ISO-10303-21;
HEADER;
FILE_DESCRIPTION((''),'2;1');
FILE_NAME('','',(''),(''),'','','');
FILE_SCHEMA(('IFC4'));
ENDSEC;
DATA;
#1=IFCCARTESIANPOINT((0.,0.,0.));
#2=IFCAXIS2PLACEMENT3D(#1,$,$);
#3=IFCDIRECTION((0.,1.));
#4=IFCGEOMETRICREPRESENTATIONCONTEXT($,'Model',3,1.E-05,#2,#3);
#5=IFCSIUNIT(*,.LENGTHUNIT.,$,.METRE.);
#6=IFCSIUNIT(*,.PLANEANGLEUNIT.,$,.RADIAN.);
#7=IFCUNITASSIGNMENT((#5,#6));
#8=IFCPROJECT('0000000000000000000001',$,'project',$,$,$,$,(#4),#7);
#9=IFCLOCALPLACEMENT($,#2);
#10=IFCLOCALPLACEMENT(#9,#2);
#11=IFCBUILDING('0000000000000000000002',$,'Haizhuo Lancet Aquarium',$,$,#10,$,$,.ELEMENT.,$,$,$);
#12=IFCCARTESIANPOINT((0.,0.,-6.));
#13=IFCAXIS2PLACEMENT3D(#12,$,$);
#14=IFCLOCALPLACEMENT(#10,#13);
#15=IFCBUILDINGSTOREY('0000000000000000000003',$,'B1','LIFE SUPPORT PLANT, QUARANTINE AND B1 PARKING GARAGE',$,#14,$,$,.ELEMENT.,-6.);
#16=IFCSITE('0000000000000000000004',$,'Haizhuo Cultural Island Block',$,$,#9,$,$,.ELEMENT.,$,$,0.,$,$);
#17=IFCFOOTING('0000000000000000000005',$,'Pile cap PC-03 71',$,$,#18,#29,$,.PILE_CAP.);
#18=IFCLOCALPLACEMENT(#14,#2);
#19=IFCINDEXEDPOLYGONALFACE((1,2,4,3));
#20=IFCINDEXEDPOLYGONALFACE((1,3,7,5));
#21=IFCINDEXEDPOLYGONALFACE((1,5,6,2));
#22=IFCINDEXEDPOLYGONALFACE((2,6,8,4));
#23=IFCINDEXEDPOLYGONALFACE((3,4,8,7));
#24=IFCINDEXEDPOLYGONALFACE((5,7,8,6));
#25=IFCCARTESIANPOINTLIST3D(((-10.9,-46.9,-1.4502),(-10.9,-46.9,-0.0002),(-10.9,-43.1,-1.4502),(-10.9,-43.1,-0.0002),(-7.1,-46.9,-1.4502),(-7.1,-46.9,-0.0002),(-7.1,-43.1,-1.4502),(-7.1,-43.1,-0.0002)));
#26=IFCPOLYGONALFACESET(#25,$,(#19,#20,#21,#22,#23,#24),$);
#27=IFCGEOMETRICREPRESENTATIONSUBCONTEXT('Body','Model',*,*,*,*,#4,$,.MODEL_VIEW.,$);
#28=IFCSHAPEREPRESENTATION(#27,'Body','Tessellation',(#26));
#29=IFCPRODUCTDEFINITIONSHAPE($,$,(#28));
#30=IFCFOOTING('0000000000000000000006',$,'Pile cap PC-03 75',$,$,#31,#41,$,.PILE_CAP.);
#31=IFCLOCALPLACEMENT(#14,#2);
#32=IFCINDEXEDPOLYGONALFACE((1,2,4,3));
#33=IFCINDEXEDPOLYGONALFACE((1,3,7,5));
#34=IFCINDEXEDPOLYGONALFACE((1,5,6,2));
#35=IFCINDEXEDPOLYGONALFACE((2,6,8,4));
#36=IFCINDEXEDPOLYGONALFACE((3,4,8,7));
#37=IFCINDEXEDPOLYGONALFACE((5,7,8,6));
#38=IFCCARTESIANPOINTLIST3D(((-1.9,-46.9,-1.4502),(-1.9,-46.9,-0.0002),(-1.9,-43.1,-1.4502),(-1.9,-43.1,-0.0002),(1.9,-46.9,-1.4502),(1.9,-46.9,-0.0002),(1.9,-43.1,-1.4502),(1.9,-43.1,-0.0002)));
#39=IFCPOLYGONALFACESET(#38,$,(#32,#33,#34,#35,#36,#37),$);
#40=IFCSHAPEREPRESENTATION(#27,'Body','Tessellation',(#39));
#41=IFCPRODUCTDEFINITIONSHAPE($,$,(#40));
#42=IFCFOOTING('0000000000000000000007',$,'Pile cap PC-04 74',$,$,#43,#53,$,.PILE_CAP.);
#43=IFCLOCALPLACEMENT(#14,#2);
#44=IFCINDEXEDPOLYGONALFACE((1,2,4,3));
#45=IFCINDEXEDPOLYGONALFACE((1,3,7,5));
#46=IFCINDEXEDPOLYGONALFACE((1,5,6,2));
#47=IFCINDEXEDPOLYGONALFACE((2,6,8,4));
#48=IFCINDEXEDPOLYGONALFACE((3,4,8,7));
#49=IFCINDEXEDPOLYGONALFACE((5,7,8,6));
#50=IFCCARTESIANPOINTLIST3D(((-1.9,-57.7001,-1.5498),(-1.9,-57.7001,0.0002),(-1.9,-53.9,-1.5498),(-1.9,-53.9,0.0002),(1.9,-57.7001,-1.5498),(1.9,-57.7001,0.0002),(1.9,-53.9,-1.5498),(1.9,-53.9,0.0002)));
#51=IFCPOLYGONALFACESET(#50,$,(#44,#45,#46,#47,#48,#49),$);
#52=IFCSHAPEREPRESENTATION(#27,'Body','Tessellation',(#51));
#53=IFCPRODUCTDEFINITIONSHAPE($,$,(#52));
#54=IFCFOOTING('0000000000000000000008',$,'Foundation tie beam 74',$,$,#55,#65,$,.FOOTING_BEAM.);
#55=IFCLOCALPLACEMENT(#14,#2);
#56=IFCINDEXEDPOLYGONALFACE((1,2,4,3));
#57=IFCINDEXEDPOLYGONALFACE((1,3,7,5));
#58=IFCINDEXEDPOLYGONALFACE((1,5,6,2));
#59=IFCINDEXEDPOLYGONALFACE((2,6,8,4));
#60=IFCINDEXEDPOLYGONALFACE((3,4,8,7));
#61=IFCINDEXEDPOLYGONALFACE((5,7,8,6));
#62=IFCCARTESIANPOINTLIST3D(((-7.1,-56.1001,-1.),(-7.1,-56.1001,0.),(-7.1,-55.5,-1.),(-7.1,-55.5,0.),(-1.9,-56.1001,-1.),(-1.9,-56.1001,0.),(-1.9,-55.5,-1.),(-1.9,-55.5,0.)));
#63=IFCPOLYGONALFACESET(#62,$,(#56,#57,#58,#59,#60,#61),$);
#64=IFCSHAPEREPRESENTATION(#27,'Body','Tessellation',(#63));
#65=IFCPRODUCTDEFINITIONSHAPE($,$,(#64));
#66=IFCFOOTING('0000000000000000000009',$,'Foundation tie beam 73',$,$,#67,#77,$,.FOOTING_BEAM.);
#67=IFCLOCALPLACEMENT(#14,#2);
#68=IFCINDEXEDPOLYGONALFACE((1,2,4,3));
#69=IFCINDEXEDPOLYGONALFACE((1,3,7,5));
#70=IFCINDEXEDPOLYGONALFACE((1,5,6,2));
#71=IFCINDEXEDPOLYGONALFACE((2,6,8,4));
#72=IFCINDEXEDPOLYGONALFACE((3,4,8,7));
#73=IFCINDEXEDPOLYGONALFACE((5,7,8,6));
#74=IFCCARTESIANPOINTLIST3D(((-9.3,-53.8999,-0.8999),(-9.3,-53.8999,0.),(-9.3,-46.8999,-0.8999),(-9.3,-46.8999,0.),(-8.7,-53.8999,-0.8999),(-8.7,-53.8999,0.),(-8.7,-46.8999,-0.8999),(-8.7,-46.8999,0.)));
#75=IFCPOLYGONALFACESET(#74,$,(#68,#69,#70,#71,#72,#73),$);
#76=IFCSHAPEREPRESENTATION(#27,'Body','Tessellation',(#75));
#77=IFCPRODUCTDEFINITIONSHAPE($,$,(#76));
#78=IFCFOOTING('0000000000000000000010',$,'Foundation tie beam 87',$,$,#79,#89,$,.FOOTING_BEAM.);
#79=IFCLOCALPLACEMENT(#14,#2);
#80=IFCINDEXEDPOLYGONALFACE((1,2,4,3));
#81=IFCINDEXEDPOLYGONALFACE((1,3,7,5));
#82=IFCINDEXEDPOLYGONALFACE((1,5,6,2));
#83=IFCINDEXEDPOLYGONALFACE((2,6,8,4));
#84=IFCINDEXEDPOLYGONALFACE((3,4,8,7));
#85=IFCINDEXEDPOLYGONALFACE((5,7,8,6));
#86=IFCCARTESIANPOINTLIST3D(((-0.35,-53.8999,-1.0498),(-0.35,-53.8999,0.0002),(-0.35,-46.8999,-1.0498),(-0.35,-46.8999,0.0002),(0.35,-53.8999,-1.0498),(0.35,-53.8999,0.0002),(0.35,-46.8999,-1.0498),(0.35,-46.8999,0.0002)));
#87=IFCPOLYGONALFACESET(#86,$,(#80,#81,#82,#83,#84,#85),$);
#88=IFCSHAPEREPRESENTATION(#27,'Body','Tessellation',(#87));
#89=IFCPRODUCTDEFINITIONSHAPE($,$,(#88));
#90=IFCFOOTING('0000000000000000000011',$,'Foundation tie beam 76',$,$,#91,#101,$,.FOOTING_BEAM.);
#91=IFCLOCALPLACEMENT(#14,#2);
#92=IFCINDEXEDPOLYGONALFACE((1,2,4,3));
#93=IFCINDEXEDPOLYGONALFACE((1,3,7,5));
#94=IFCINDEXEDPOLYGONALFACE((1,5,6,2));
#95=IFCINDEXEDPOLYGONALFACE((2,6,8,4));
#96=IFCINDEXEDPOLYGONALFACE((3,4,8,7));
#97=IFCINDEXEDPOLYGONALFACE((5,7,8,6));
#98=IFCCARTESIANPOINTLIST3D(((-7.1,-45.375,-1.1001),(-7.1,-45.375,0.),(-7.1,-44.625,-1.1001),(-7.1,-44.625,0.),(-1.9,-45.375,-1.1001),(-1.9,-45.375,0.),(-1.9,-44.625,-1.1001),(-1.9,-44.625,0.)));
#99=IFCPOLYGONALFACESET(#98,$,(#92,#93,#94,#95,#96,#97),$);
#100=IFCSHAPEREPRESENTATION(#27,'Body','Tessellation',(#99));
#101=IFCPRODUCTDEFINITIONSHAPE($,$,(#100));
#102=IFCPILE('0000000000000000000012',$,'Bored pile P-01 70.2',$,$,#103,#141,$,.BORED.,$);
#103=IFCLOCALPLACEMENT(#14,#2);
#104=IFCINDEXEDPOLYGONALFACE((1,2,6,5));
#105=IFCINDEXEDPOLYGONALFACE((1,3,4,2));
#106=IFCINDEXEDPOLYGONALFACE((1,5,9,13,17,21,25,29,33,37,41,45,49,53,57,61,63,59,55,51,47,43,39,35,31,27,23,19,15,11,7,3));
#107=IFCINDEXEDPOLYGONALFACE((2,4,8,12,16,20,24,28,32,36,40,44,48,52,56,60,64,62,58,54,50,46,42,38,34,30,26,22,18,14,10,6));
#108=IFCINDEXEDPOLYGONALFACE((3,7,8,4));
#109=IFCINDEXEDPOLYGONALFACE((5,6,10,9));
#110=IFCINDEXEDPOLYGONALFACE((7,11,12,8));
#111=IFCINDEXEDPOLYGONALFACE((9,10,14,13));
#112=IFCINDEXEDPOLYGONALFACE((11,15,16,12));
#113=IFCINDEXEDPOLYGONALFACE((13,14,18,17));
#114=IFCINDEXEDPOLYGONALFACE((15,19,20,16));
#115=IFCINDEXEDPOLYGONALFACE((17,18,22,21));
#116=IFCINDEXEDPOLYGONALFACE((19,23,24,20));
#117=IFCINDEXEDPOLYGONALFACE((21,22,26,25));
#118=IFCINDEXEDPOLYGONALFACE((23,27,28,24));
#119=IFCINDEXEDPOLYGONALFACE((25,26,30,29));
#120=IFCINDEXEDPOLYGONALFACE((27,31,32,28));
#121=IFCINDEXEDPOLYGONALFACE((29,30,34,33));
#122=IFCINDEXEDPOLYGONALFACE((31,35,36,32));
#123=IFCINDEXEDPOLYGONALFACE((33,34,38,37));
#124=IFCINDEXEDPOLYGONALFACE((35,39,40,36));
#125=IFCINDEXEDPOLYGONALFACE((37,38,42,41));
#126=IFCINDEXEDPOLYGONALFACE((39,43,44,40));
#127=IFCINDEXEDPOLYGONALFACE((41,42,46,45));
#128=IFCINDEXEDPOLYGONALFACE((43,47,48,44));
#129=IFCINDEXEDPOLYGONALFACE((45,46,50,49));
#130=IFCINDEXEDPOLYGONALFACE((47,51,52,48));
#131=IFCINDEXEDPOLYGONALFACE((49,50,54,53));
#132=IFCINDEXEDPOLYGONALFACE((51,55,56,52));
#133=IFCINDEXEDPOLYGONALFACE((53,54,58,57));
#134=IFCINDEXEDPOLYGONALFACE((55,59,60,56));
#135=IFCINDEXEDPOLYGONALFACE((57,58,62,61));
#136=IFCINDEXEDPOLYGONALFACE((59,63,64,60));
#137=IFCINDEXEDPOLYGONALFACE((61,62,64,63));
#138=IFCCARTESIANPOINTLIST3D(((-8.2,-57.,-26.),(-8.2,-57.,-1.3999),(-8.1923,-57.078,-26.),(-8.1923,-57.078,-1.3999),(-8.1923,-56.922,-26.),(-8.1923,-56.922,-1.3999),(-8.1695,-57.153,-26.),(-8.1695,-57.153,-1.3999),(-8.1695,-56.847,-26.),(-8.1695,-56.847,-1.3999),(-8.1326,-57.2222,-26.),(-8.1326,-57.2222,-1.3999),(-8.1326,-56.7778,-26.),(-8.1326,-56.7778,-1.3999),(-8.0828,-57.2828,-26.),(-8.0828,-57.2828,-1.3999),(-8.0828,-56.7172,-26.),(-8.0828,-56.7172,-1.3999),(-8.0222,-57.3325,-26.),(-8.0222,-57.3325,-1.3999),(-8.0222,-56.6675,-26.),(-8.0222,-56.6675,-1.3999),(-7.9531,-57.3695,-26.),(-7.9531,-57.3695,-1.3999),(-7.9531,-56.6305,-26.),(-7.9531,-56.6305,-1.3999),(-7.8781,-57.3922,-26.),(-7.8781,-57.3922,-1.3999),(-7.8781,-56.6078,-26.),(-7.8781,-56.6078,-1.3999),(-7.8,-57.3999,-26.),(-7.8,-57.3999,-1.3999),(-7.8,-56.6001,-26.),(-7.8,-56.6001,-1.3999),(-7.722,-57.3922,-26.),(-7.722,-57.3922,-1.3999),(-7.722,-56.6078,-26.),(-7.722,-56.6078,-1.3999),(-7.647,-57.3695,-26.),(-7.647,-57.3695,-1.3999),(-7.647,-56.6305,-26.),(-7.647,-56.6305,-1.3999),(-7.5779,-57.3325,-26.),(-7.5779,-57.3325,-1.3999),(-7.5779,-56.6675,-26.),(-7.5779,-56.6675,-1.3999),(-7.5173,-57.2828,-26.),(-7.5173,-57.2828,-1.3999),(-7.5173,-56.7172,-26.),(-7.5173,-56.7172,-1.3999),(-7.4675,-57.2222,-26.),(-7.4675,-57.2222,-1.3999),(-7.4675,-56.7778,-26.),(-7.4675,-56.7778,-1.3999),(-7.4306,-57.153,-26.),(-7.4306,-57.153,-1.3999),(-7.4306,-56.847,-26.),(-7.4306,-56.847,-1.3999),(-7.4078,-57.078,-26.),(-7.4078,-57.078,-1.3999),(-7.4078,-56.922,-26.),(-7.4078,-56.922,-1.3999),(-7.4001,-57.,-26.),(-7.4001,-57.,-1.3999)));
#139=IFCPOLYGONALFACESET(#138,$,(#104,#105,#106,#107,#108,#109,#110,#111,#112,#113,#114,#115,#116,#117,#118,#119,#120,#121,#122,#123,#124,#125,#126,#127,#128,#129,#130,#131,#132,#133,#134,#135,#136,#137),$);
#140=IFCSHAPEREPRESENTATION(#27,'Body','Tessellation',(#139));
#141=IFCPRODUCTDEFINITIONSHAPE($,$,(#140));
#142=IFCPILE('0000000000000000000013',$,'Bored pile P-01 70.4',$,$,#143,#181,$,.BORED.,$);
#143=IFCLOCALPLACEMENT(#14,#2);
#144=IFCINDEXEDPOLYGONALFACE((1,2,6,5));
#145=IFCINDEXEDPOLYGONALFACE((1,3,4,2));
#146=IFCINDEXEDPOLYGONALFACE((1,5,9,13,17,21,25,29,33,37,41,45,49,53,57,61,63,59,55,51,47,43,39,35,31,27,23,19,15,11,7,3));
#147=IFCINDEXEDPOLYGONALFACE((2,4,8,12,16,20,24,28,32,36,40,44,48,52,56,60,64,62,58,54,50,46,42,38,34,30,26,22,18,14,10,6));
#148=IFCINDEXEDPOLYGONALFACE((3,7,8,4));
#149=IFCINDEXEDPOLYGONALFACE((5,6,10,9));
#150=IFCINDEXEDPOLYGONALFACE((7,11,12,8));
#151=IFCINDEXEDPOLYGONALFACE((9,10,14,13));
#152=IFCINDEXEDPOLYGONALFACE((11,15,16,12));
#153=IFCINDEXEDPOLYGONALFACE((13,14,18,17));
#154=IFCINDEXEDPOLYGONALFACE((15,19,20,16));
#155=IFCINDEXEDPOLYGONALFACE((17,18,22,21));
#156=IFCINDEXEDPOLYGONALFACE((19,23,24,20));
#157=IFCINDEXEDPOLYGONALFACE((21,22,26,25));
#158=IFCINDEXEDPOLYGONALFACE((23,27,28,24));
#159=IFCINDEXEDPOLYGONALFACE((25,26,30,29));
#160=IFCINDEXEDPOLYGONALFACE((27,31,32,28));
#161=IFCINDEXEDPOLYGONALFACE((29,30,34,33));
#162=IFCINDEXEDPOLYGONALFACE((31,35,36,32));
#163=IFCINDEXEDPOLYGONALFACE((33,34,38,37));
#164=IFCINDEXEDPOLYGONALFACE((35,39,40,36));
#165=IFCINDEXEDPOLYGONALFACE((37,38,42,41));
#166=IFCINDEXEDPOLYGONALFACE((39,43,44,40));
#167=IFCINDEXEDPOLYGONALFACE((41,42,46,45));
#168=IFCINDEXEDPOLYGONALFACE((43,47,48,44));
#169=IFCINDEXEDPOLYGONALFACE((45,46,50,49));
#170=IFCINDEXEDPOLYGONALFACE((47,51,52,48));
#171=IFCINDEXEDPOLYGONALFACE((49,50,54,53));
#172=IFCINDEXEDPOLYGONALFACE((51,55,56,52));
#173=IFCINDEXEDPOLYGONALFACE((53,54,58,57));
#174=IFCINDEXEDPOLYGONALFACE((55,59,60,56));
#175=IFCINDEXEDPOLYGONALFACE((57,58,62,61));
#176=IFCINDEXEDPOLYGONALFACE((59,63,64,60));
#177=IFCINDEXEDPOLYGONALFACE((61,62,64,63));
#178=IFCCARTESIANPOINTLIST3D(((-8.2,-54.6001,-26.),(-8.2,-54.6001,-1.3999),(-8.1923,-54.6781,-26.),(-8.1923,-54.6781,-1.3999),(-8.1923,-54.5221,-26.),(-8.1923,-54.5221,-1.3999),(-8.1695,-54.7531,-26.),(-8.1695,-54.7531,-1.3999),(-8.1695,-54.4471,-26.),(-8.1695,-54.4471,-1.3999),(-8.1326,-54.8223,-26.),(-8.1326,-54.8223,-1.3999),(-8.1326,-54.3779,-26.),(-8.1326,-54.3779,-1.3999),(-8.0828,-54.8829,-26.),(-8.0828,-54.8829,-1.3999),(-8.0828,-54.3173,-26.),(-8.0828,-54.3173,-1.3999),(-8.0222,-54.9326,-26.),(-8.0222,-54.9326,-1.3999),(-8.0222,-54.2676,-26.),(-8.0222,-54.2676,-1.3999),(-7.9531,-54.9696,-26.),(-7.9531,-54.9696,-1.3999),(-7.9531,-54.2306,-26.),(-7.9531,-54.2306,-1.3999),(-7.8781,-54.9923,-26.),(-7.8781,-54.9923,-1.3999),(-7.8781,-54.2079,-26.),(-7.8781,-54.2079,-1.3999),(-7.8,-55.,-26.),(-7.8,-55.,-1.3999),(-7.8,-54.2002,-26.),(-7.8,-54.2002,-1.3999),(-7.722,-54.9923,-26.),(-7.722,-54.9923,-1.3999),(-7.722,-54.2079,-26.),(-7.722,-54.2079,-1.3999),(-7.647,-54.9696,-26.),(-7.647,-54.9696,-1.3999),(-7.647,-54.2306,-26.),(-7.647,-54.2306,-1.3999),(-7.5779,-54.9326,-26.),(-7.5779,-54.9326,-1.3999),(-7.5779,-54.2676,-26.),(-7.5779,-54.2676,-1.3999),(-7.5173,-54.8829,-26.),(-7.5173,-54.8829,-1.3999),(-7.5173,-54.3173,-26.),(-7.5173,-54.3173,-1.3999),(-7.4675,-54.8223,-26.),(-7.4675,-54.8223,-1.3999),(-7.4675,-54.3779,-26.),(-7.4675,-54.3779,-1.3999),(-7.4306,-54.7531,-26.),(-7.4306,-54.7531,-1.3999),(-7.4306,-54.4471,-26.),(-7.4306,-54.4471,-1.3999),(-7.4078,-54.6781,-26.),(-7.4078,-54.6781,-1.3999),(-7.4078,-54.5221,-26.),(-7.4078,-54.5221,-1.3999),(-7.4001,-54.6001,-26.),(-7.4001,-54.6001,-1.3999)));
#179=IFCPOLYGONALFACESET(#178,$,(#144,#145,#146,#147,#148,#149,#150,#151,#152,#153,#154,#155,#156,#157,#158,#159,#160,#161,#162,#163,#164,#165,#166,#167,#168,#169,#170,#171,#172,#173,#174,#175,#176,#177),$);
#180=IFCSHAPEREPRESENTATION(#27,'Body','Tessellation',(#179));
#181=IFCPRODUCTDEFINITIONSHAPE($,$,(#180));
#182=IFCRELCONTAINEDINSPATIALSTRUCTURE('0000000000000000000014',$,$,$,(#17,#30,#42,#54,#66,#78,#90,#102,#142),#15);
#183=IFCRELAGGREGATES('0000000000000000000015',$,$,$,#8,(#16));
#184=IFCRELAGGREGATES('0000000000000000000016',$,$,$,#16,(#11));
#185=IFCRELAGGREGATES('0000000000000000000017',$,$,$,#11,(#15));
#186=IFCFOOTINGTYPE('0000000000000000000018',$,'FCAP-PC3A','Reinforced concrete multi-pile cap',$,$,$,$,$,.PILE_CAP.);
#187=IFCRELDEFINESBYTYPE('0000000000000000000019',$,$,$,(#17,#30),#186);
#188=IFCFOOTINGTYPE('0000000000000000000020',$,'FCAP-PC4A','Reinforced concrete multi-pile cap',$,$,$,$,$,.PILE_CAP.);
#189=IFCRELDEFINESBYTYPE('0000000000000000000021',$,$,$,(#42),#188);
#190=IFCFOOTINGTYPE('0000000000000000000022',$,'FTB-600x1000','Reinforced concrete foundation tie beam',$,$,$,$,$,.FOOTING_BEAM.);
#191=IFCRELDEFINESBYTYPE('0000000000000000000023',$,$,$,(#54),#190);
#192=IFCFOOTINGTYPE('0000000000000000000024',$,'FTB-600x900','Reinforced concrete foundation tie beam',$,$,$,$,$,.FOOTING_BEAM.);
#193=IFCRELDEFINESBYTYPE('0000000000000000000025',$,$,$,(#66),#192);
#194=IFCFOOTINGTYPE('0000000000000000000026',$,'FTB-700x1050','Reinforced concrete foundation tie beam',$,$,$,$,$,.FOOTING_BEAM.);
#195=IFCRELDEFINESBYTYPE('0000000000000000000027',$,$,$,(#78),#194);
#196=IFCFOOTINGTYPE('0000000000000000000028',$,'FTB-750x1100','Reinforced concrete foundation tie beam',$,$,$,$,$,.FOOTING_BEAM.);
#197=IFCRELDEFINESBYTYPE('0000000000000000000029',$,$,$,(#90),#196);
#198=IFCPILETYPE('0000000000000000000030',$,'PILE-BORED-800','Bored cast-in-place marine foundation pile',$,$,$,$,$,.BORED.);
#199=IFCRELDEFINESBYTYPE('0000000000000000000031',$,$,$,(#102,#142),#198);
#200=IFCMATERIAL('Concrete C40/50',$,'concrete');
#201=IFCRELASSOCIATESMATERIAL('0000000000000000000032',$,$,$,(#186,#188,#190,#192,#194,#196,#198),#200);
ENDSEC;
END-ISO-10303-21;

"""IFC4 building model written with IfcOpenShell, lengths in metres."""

from ifc_helpers import new_model, si_unit, direction, frame, origin, origin_2d, place, context, subcontext, project, spatial, rectangle, circle, extrude, material, material_profile, profile_set, type_object, element, save


model = new_model("IFC4")

# Units and contexts
model_context = context("Model", 3, precision=1e-05, world=origin(), true_north=direction((0.0, 1.0)))
body_context = subcontext(model_context, "Body", "Model", "MODEL_VIEW")
ifc_project = project(units=[si_unit("LENGTHUNIT", "METRE"), si_unit("PLANEANGLEUNIT", "RADIAN")], contexts=[model_context])

# Site, building, storey
site_placement = place(None, origin())
site = spatial("IfcSite", under=ifc_project, at=site_placement, Name="Haizhuo Cultural Island Block", CompositionType="ELEMENT", RefElevation=0.0)
building_placement = place(site_placement, origin())
building = spatial("IfcBuilding", under=site, at=building_placement, Name="Haizhuo Lancet Aquarium", CompositionType="ELEMENT")
storey_placement = place(building_placement, frame((0.0, 0.0, -6.0)))
storey = spatial("IfcBuildingStorey", under=building, at=storey_placement, Name="B1", Description="LIFE SUPPORT PLANT, QUARANTINE AND B1 PARKING GARAGE", CompositionType="ELEMENT", Elevation=-6.0)

# Footings
ifc_material_1 = material(Name="Concrete C40/50", Category="concrete")
footing_type_1 = type_object("IfcFootingType", Name="FCAP-PC3A", Description="Reinforced concrete multi-pile cap", PredefinedType="PILE_CAP", material=ifc_material_1)
for number, where, z_axis, x_axis, name in (
    (1, (-9.0, -45.0, -1.4502), (0.0, 0.0, 1.0), (1.0, 0.0, 0.0), "Pile cap PC-03 71"),
    (2, (0.0, -45.0, -1.4502), (0.0, 0.0, 1.0), (1.0, 0.0, 0.0), "Pile cap PC-03 75"),
):
    element("IfcFooting", number, at=place(storey_placement, frame(where, z_axis=z_axis, x_axis=x_axis)), inside=storey, type_object=footing_type_1, Name=name, PredefinedType="PILE_CAP", context=body_context, shape_type="SweptSolid", body=[
        extrude(rectangle(XDim=3.8, YDim=3.8, at=origin_2d()), origin(), (0.0, 0.0, 1.0), 1.45),
    ])
footing_type_2 = type_object("IfcFootingType", Name="FCAP-PC4A", Description="Reinforced concrete multi-pile cap", PredefinedType="PILE_CAP", material=ifc_material_1)
footing_1_placement = place(storey_placement, frame((0.0, -55.8, -1.5498), z_axis=(0.0, 0.0, 1.0), x_axis=(1.0, 0.0, 0.0)))
element("IfcFooting", 3, at=footing_1_placement, inside=storey, type_object=footing_type_2, Name="Pile cap PC-04 74", PredefinedType="PILE_CAP", context=body_context, shape_type="SweptSolid", body=[
    extrude(rectangle(XDim=3.8, YDim=3.8, at=origin_2d()), origin(), (0.0, 0.0, 1.0), 1.55),
])
footing_type_3 = type_object("IfcFootingType", Name="FTB-600x1000", Description="Reinforced concrete foundation tie beam", PredefinedType="FOOTING_BEAM", material=ifc_material_1)
footing_2_placement = place(storey_placement, frame((-4.5, -55.8, -1.0), z_axis=(0.0, 0.0, 1.0), x_axis=(1.0, 0.0, 0.0)))
element("IfcFooting", 4, at=footing_2_placement, inside=storey, type_object=footing_type_3, Name="Foundation tie beam 74", PredefinedType="FOOTING_BEAM", context=body_context, shape_type="SweptSolid", body=[
    extrude(rectangle(XDim=5.2, YDim=0.6001, at=origin_2d()), origin(), (0.0, 0.0, 1.0), 1.0),
])
footing_type_4 = type_object("IfcFootingType", Name="FTB-600x900", Description="Reinforced concrete foundation tie beam", PredefinedType="FOOTING_BEAM", material=ifc_material_1)
footing_3_placement = place(storey_placement, frame((-9.0, -50.3999, -0.8999), z_axis=(0.0, 0.0, 1.0), x_axis=(0.0, 1.0, 0.0)))
element("IfcFooting", 5, at=footing_3_placement, inside=storey, type_object=footing_type_4, Name="Foundation tie beam 73", PredefinedType="FOOTING_BEAM", context=body_context, shape_type="SweptSolid", body=[
    extrude(rectangle(XDim=7.0, YDim=0.6001, at=origin_2d()), origin(), (0.0, 0.0, 1.0), 0.8999),
])
footing_type_5 = type_object("IfcFootingType", Name="FTB-700x1050", Description="Reinforced concrete foundation tie beam", PredefinedType="FOOTING_BEAM", material=ifc_material_1)
footing_4_placement = place(storey_placement, frame((0.0, -50.3999, -1.0498), z_axis=(0.0, 0.0, 1.0), x_axis=(0.0, 1.0, 0.0)))
element("IfcFooting", 6, at=footing_4_placement, inside=storey, type_object=footing_type_5, Name="Foundation tie beam 87", PredefinedType="FOOTING_BEAM", context=body_context, shape_type="SweptSolid", body=[
    extrude(rectangle(XDim=7.0, YDim=0.7, at=origin_2d()), origin(), (0.0, 0.0, 1.0), 1.05),
])
footing_type_6 = type_object("IfcFootingType", Name="FTB-750x1100", Description="Reinforced concrete foundation tie beam", PredefinedType="FOOTING_BEAM", material=ifc_material_1)
footing_5_placement = place(storey_placement, frame((-4.5, -45.0, -1.1001), z_axis=(0.0, 0.0, 1.0), x_axis=(1.0, 0.0, 0.0)))
element("IfcFooting", 7, at=footing_5_placement, inside=storey, type_object=footing_type_6, Name="Foundation tie beam 76", PredefinedType="FOOTING_BEAM", context=body_context, shape_type="SweptSolid", body=[
    extrude(rectangle(XDim=5.2, YDim=0.75, at=origin_2d()), origin(), (0.0, 0.0, 1.0), 1.1001),
])

# Piles
ifc_material_profile_1 = material_profile(ifc_material_1, circle(Radius=0.3999, at=origin_2d()), Name="PILE-800")
ifc_profile_set_1 = profile_set([ifc_material_profile_1], Name="Concrete C40/50")
pile_type = type_object("IfcPileType", Name="PILE-BORED-800", Description="Bored cast-in-place marine foundation pile", PredefinedType="BORED", material=ifc_profile_set_1)
for number, where, z_axis, x_axis, name in (
    (8, (-7.8, -57.0, -1.3999), (0.0, 0.0, -1.0), (1.0, 0.0, 0.0), "Bored pile P-01 70.2"),
    (9, (-7.8, -54.6001, -1.3999), (0.0, 0.0, -1.0), (1.0, 0.0, 0.0), "Bored pile P-01 70.4"),
):
    element("IfcPile", number, at=place(storey_placement, frame(where, z_axis=z_axis, x_axis=x_axis)), inside=storey, type_object=pile_type, Name=name, PredefinedType="BORED", context=body_context, shape_type="SweptSolid", body=[
        extrude(circle(Radius=0.3999, at=origin_2d()), origin(), (0.0, 0.0, 1.0), 24.6001),
    ])

save(model, "model.ifc")
